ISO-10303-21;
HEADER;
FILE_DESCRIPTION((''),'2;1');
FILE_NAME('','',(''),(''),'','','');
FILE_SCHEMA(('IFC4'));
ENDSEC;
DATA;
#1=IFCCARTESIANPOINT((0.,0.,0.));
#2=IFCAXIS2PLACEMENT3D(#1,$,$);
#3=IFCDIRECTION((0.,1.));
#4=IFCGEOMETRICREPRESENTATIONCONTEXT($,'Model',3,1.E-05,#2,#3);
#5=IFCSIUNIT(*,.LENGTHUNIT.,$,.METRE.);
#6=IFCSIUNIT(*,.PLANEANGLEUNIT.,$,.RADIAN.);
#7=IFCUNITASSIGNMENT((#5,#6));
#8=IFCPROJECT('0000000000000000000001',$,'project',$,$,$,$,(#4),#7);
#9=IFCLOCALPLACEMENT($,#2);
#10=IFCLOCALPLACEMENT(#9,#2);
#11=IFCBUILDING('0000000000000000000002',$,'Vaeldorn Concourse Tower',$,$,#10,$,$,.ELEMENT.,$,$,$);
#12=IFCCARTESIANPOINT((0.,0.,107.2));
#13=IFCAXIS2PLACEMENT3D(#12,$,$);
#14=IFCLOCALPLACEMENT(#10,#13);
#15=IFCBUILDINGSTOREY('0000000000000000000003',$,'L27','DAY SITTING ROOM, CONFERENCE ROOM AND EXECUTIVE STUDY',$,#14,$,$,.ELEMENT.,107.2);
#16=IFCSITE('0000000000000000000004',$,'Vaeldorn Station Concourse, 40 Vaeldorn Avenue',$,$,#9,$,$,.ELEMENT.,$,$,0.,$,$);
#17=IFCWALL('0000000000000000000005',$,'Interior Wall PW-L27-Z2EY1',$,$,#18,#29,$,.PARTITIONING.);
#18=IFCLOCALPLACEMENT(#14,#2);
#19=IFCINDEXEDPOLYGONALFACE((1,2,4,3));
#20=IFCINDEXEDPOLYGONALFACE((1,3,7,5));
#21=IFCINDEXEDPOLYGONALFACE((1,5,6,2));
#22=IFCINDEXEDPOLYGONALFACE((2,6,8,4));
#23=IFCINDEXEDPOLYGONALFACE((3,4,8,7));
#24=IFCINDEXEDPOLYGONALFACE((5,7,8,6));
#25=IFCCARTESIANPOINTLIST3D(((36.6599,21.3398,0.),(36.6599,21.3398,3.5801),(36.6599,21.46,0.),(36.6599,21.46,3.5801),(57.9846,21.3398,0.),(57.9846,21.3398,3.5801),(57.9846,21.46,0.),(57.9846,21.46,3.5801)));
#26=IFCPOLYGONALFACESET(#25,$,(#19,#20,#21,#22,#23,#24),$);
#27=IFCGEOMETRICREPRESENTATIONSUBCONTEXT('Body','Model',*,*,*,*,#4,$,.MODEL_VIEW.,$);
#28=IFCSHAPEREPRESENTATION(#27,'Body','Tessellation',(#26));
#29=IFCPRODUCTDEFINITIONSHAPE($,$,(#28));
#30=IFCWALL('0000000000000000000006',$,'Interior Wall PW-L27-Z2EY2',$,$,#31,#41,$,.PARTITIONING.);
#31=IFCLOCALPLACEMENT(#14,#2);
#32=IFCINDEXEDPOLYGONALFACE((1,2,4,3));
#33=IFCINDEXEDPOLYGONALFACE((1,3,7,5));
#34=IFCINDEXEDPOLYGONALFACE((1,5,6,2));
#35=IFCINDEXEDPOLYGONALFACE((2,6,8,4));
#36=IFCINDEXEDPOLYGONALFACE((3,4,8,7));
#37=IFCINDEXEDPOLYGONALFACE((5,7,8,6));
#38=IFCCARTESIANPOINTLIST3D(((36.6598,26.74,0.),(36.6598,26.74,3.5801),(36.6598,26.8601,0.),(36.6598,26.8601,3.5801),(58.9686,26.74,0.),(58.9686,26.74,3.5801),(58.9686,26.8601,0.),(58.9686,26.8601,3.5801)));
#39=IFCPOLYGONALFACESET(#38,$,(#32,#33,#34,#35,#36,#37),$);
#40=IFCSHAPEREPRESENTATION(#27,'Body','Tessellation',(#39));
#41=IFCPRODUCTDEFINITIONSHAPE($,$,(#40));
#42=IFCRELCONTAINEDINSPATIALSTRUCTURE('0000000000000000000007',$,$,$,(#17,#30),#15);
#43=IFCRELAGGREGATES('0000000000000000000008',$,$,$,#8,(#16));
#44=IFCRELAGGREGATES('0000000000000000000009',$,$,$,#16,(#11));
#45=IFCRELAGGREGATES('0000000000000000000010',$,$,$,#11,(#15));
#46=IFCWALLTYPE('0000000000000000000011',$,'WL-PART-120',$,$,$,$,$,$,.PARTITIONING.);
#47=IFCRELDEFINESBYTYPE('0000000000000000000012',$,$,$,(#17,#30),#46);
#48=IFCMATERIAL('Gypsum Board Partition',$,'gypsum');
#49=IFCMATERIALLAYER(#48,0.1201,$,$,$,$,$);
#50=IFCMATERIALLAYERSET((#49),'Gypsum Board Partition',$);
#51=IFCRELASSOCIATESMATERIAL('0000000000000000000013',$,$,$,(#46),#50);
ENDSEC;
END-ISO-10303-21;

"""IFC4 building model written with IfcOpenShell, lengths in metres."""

from ifc_helpers import new_model, si_unit, direction, frame, frame_2d, origin, place, context, subcontext, project, spatial, rectangle, extrude, material, layer, layer_set, type_object, element, save


model = new_model("IFC4")

# Units and contexts
model_context = context("Model", 3, precision=1e-05, world=origin(), true_north=direction((0.0, 1.0)))
body_context = subcontext(model_context, "Body", "Model", "MODEL_VIEW")
ifc_project = project(units=[si_unit("LENGTHUNIT", "METRE"), si_unit("PLANEANGLEUNIT", "RADIAN")], contexts=[model_context])

# Site, building, storey
site_placement = place(None, origin())
site = spatial("IfcSite", under=ifc_project, at=site_placement, Name="Vaeldorn Station Concourse, 40 Vaeldorn Avenue", CompositionType="ELEMENT", RefElevation=0.0)
building_placement = place(site_placement, origin())
building = spatial("IfcBuilding", under=site, at=building_placement, Name="Vaeldorn Concourse Tower", CompositionType="ELEMENT")
storey_placement = place(building_placement, frame((0.0, 0.0, 107.2)))
storey = spatial("IfcBuildingStorey", under=building, at=storey_placement, Name="L27", Description="DAY SITTING ROOM, CONFERENCE ROOM AND EXECUTIVE STUDY", CompositionType="ELEMENT", Elevation=107.2)

# Walls
ifc_material_1 = material(Name="Gypsum Board Partition", Category="gypsum")
ifc_layer_1 = layer(ifc_material_1, 0.1201)
ifc_layer_set_1 = layer_set([ifc_layer_1], Name="Gypsum Board Partition")
wall_type_1 = type_object("IfcWallType", Name="WL-PART-120", PredefinedType="PARTITIONING", material=ifc_layer_set_1)
wall_1_placement = place(storey_placement, frame((36.6599, 21.3999, 0.0), z_axis=(0.0, 0.0, 1.0), x_axis=(1.0, 0.0, 0.0)))
element("IfcWall", 1, at=wall_1_placement, inside=storey, type_object=wall_type_1, Name="Interior Wall PW-L27-Z2EY1", PredefinedType="PARTITIONING", context=body_context, shape_type="SweptSolid", body=[
    extrude(rectangle(XDim=21.3247, YDim=0.1201, at=frame_2d((10.6624, 0.0))), origin(), (0.0, 0.0, 1.0), 3.5801),
])
wall_2_placement = place(storey_placement, frame((36.6599, 26.8, 0.0), z_axis=(0.0, 0.0, 1.0), x_axis=(1.0, 0.0, 0.0)))
element("IfcWall", 2, at=wall_2_placement, inside=storey, type_object=wall_type_1, Name="Interior Wall PW-L27-Z2EY2", PredefinedType="PARTITIONING", context=body_context, shape_type="SweptSolid", body=[
    extrude(rectangle(XDim=22.3088, YDim=0.1201, at=frame_2d((11.1543, 0.0))), origin(), (0.0, 0.0, 1.0), 3.5801),
])

save(model, "model.ifc")
